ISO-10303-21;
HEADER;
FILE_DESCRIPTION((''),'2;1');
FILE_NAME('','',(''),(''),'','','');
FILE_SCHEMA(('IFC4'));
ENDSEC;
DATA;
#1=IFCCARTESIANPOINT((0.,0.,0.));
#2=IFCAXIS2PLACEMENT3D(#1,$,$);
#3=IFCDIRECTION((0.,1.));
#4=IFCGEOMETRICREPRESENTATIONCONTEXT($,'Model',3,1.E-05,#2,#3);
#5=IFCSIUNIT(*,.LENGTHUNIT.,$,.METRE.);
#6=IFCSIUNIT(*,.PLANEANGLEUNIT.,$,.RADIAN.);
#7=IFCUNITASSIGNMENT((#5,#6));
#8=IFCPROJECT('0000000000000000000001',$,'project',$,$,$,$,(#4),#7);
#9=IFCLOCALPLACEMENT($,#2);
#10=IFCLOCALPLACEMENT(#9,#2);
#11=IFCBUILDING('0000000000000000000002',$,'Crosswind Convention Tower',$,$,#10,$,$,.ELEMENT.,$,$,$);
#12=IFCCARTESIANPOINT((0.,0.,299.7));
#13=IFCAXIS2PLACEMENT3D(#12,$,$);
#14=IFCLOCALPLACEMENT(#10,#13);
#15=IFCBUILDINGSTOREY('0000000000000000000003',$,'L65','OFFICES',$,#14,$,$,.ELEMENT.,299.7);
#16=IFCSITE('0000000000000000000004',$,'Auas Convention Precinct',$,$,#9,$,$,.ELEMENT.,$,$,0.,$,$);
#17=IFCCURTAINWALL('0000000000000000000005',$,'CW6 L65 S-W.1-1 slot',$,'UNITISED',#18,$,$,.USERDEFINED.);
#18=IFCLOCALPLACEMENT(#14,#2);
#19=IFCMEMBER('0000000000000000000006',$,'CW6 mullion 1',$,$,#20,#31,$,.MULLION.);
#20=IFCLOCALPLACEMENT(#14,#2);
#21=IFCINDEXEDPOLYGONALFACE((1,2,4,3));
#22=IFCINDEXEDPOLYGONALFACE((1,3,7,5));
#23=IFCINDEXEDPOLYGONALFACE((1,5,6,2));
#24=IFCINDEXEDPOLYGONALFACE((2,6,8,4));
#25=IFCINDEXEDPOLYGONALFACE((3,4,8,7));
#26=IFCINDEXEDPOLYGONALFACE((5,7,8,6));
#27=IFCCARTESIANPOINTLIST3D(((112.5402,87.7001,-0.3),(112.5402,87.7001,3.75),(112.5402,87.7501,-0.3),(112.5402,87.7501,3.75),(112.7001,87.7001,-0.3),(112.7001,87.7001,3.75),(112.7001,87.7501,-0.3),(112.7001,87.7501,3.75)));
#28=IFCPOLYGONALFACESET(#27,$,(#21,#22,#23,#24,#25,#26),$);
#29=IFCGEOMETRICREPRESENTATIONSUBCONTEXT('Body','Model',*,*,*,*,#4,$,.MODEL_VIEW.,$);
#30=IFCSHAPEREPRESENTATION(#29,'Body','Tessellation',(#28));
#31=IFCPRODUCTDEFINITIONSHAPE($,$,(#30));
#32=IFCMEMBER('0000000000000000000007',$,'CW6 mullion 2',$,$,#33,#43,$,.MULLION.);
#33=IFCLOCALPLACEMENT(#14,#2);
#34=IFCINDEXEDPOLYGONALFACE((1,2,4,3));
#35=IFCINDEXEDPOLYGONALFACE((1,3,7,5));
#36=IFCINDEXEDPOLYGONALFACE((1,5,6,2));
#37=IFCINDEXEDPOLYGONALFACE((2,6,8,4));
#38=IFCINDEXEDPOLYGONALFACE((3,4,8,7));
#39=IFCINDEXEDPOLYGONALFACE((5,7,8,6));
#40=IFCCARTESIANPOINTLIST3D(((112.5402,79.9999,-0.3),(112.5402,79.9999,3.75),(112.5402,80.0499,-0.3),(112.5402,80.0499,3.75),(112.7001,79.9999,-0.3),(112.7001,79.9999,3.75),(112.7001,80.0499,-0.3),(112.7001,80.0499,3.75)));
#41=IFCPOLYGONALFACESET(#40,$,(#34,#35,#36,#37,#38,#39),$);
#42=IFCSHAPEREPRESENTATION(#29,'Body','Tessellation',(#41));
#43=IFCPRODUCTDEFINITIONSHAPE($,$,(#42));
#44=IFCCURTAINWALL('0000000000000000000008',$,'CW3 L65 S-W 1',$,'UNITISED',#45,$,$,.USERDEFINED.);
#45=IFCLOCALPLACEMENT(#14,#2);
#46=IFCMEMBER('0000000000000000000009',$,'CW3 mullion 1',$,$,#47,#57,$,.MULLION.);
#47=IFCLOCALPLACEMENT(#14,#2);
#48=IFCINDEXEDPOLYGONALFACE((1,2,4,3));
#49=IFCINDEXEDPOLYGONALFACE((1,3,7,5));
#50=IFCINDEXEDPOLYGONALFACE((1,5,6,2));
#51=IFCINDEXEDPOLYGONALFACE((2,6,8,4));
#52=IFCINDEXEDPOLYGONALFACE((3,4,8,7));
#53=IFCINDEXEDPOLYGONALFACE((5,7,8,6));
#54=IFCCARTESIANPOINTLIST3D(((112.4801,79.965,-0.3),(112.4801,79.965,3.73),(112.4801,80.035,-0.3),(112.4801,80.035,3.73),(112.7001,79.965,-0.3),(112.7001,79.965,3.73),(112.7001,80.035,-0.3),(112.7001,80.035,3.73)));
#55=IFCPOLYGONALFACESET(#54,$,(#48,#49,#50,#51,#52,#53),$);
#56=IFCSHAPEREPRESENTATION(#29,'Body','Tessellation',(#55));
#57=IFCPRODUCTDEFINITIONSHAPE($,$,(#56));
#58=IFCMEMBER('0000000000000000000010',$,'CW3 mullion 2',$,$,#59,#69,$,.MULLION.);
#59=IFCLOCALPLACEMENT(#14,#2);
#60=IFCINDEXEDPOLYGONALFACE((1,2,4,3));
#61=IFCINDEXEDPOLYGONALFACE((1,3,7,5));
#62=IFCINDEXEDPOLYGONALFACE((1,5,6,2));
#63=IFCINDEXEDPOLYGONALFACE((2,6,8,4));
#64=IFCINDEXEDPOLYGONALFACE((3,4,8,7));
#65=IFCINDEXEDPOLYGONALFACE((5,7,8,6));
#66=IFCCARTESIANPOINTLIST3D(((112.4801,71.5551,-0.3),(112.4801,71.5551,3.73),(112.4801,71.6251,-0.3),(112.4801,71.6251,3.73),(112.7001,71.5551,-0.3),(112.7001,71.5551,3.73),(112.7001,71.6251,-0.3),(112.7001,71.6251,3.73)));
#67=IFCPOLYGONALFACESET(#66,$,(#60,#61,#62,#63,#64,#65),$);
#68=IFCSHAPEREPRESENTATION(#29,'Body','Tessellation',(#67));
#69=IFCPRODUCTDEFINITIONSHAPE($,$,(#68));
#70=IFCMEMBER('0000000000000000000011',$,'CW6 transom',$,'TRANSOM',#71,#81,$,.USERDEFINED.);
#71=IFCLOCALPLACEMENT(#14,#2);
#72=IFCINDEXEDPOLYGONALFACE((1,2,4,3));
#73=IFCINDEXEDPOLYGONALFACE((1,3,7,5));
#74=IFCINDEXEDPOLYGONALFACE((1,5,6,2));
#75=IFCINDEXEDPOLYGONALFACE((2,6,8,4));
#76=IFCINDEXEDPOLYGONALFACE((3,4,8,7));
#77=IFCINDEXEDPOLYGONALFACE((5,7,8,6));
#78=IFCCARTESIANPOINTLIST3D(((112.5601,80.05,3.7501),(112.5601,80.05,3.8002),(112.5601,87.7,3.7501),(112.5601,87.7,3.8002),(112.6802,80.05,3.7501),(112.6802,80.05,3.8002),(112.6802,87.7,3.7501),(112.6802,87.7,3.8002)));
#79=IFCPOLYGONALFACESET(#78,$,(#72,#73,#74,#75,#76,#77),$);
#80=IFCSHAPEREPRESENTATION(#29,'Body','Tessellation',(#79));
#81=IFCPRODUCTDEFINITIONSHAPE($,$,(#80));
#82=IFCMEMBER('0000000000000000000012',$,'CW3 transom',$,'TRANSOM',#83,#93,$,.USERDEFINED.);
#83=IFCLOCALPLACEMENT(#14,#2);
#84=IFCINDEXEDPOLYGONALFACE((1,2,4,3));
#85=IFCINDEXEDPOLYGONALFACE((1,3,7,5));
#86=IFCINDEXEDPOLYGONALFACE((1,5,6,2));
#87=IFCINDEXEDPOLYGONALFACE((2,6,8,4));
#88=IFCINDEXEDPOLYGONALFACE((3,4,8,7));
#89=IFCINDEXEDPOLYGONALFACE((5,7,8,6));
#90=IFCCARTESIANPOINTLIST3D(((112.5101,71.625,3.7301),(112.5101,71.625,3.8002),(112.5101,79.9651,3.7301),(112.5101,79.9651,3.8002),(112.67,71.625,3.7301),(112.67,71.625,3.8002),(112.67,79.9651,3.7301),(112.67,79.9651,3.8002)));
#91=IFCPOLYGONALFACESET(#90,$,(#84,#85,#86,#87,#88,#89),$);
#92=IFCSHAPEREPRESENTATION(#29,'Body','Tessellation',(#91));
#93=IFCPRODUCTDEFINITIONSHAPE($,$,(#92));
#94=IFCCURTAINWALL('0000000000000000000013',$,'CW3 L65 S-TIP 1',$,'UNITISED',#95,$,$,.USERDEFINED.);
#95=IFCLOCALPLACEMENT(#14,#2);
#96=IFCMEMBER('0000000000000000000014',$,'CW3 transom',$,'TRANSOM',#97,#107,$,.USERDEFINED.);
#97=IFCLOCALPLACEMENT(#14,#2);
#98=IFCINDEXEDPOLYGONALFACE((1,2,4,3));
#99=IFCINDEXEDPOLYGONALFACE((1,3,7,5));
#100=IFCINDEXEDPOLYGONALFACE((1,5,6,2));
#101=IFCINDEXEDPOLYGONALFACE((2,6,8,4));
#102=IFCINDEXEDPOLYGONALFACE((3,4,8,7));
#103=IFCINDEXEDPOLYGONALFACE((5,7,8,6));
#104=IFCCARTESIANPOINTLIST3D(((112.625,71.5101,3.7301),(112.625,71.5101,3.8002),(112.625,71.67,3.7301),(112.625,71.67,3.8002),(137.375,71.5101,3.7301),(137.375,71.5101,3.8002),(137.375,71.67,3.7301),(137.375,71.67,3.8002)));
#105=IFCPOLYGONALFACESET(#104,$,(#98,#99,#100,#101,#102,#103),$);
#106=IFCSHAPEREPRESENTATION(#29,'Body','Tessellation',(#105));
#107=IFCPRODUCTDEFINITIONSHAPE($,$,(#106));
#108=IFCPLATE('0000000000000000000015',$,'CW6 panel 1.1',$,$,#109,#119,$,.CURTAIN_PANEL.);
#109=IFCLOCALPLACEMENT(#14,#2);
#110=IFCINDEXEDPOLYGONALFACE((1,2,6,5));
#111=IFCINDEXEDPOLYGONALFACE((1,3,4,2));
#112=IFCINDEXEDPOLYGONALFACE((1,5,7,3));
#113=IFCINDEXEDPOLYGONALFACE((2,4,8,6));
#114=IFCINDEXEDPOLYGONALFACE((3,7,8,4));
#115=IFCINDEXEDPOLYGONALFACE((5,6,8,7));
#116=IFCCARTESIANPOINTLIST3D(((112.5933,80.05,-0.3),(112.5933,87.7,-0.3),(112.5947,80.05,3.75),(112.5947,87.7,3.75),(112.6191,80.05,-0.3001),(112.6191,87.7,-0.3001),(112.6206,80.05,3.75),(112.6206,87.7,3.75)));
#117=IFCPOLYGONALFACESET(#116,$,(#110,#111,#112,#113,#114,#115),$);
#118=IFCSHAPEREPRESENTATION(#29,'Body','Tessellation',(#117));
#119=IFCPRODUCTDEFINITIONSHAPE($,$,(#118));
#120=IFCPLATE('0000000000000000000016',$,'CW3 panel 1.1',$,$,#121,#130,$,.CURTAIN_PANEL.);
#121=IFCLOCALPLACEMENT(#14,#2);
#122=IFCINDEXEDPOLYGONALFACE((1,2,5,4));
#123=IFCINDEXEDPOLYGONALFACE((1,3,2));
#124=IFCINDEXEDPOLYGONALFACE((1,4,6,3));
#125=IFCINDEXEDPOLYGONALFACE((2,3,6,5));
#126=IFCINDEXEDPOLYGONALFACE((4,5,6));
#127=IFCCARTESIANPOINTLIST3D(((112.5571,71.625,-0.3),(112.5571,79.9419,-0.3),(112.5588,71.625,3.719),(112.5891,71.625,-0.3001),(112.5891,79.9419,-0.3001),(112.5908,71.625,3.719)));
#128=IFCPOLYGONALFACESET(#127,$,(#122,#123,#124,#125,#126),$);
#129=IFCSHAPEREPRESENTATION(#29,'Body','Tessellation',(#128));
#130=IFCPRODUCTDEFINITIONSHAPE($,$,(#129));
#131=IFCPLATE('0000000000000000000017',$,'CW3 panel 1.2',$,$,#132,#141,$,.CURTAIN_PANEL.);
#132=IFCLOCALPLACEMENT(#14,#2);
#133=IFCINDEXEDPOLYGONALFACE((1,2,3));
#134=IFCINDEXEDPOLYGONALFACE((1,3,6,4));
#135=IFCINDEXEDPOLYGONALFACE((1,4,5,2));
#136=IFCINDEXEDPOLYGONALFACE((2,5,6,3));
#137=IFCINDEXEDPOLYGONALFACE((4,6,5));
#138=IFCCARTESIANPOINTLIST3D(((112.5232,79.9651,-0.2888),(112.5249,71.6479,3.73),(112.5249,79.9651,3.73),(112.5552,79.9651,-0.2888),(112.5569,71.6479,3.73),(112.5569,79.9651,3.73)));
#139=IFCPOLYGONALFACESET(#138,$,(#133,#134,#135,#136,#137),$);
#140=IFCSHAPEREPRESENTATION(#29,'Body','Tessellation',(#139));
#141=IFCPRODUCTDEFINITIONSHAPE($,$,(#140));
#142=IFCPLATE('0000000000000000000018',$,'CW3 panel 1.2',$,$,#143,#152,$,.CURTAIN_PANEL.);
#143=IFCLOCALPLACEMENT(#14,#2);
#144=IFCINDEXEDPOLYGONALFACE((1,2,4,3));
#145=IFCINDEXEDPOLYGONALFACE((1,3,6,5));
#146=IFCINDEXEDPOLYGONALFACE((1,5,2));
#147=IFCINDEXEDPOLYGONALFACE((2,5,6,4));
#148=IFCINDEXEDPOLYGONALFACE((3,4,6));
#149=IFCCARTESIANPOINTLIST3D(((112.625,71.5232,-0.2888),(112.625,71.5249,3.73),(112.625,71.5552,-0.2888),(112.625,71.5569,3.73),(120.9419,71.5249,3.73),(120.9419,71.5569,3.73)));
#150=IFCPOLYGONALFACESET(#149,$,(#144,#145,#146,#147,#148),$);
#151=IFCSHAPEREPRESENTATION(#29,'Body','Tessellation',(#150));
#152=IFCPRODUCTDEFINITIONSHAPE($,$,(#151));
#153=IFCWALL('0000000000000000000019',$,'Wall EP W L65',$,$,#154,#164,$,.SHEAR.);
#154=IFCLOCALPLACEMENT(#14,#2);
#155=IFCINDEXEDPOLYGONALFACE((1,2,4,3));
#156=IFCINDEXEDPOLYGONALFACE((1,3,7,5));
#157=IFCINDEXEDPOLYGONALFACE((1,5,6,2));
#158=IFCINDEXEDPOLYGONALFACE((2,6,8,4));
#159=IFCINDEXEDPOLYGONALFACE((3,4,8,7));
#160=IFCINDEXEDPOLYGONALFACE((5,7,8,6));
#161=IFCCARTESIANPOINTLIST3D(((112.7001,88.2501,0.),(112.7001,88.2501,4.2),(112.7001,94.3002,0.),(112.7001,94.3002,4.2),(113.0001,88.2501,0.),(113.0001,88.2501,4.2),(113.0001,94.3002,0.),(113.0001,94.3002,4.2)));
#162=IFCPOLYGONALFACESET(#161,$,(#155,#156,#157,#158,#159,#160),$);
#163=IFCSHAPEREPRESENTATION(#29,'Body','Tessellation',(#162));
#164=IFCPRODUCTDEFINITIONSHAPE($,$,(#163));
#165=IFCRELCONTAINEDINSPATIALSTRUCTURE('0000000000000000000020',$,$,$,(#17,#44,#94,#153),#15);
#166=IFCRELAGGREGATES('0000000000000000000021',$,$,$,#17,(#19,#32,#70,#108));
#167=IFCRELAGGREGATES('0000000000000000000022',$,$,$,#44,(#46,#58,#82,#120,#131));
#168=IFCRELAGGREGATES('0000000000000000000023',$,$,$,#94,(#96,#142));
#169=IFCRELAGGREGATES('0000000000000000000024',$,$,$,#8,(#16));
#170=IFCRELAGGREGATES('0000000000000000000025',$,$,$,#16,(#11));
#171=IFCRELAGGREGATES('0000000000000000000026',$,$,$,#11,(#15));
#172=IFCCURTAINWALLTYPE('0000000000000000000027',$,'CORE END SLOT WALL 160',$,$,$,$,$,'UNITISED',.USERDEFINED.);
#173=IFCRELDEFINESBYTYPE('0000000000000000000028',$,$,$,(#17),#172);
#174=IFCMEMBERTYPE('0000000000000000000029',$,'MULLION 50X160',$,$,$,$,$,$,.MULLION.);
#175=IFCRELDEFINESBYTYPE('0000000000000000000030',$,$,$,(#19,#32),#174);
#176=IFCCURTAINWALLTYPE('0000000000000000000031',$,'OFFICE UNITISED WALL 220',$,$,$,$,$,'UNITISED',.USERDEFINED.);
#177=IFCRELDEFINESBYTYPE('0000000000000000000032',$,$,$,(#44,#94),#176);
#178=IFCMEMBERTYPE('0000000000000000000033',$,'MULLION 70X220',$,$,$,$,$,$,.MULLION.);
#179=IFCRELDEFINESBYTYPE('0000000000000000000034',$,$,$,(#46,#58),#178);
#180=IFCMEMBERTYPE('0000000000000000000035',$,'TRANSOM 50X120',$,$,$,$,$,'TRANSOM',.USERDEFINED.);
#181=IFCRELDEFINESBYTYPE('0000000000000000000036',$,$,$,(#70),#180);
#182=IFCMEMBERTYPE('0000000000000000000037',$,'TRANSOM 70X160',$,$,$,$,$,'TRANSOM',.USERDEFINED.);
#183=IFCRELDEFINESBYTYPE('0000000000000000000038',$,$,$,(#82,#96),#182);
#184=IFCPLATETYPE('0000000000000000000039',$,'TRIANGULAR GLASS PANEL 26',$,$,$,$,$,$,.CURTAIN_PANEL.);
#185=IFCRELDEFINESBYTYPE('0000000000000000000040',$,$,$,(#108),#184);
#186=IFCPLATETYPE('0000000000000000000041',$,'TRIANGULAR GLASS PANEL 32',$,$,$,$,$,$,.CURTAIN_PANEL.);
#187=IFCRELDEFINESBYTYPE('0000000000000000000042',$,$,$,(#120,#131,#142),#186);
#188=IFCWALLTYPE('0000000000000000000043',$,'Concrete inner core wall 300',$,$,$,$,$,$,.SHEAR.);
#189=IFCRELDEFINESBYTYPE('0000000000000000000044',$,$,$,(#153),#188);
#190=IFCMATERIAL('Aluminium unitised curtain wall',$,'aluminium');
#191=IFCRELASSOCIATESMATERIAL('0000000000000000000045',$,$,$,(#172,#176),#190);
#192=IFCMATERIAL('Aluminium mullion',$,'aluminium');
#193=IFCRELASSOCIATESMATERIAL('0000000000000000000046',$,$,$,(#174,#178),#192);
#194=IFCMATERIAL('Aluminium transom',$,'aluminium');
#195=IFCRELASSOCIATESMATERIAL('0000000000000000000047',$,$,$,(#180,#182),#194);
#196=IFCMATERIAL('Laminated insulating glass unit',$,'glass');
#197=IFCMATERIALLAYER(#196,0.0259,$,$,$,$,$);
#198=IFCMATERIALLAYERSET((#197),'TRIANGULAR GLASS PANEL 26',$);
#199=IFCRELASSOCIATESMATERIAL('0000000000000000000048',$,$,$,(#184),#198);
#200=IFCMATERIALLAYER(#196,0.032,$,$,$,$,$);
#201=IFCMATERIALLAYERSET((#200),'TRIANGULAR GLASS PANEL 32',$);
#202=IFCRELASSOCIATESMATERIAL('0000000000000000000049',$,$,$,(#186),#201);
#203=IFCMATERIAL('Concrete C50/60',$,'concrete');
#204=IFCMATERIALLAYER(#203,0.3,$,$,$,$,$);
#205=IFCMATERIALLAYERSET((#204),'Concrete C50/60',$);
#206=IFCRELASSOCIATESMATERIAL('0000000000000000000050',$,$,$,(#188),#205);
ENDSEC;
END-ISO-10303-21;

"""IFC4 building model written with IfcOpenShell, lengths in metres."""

from ifc_helpers import new_model, si_unit, direction, frame, frame_2d, origin, origin_2d, place, context, subcontext, project, spatial, polyline, rectangle, outline, extrude, material, layer, layer_set, material_profile, profile_set, type_object, element, aggregate, save


model = new_model("IFC4")

# Units and contexts
model_context = context("Model", 3, precision=1e-05, world=origin(), true_north=direction((0.0, 1.0)))
body_context = subcontext(model_context, "Body", "Model", "MODEL_VIEW")
ifc_project = project(units=[si_unit("LENGTHUNIT", "METRE"), si_unit("PLANEANGLEUNIT", "RADIAN")], contexts=[model_context])

# Site, building, storey
site_placement = place(None, origin())
site = spatial("IfcSite", under=ifc_project, at=site_placement, Name="Auas Convention Precinct", CompositionType="ELEMENT", RefElevation=0.0)
building_placement = place(site_placement, origin())
building = spatial("IfcBuilding", under=site, at=building_placement, Name="Crosswind Convention Tower", CompositionType="ELEMENT")
storey_placement = place(building_placement, frame((0.0, 0.0, 299.7)))
storey = spatial("IfcBuildingStorey", under=building, at=storey_placement, Name="L65", Description="OFFICES", CompositionType="ELEMENT", Elevation=299.7)

# Curtain walls, members
ifc_material_1 = material(Name="Aluminium unitised curtain wall", Category="aluminium")
curtain_wall_type_1 = type_object("IfcCurtainWallType", Name="CORE END SLOT WALL 160", ElementType="UNITISED", PredefinedType="USERDEFINED", material=ifc_material_1)
curtain_wall_1_placement = place(storey_placement, origin())
curtain_wall_1 = element("IfcCurtainWall", 1, at=curtain_wall_1_placement, inside=storey, type_object=curtain_wall_type_1, Name="CW6 L65 S-W.1-1 slot", ObjectType="UNITISED", PredefinedType="USERDEFINED")
ifc_material_2 = material(Name="Aluminium mullion", Category="aluminium")
ifc_material_profile_1 = material_profile(ifc_material_2, rectangle(XDim=0.1599, YDim=0.05, at=origin_2d()), Name="AL 160X50")
ifc_profile_set_1 = profile_set([ifc_material_profile_1], Name="Aluminium mullion")
member_type_1 = type_object("IfcMemberType", Name="MULLION 50X160", PredefinedType="MULLION", material=ifc_profile_set_1)
member_1_placement = place(storey_placement, frame((112.6201, 87.7251, -0.3), z_axis=(0.0, 0.0, 1.0), x_axis=(-1.0, 0.0, 0.0)))
member_1 = element("IfcMember", 2, at=member_1_placement, type_object=member_type_1, Name="CW6 mullion 1", PredefinedType="MULLION", context=body_context, shape_type="SweptSolid", body=[
    extrude(rectangle(XDim=0.1599, YDim=0.05, at=origin_2d()), origin(), (0.0, 0.0, 1.0), 4.05),
])
member_2_placement = place(storey_placement, frame((112.6201, 80.0249, -0.3), z_axis=(0.0, 0.0, 1.0), x_axis=(-1.0, 0.0, 0.0)))
member_2 = element("IfcMember", 3, at=member_2_placement, type_object=member_type_1, Name="CW6 mullion 2", PredefinedType="MULLION", context=body_context, shape_type="SweptSolid", body=[
    extrude(rectangle(XDim=0.1599, YDim=0.05, at=origin_2d()), origin(), (0.0, 0.0, 1.0), 4.05),
])
curtain_wall_type_2 = type_object("IfcCurtainWallType", Name="OFFICE UNITISED WALL 220", ElementType="UNITISED", PredefinedType="USERDEFINED", material=ifc_material_1)
curtain_wall_2_placement = place(storey_placement, origin())
curtain_wall_2 = element("IfcCurtainWall", 4, at=curtain_wall_2_placement, inside=storey, type_object=curtain_wall_type_2, Name="CW3 L65 S-W 1", ObjectType="UNITISED", PredefinedType="USERDEFINED")
ifc_material_profile_2 = material_profile(ifc_material_2, rectangle(XDim=0.22, YDim=0.0701, at=origin_2d()), Name="AL 220X70")
ifc_profile_set_2 = profile_set([ifc_material_profile_2], Name="Aluminium mullion")
member_type_2 = type_object("IfcMemberType", Name="MULLION 70X220", PredefinedType="MULLION", material=ifc_profile_set_2)
member_3_placement = place(storey_placement, frame((112.5901, 80.0, -0.3), z_axis=(0.0, 0.0, 1.0), x_axis=(-1.0, 0.0, 0.0)))
member_3 = element("IfcMember", 5, at=member_3_placement, type_object=member_type_2, Name="CW3 mullion 1", PredefinedType="MULLION", context=body_context, shape_type="SweptSolid", body=[
    extrude(rectangle(XDim=0.22, YDim=0.0701, at=origin_2d()), origin(), (0.0, 0.0, 1.0), 4.03),
])
member_4_placement = place(storey_placement, frame((112.5901, 71.5901, -0.3), z_axis=(0.0, 0.0, 1.0), x_axis=(-1.0, 0.0, 0.0)))
member_4 = element("IfcMember", 6, at=member_4_placement, type_object=member_type_2, Name="CW3 mullion 2", PredefinedType="MULLION", context=body_context, shape_type="SweptSolid", body=[
    extrude(rectangle(XDim=0.22, YDim=0.0701, at=origin_2d()), origin(), (0.0, 0.0, 1.0), 4.03),
])

# Members
ifc_material_3 = material(Name="Aluminium transom", Category="aluminium")
ifc_material_profile_3 = material_profile(ifc_material_3, rectangle(XDim=0.1201, YDim=0.05, at=origin_2d()), Name="AL 120X50")
ifc_profile_set_3 = profile_set([ifc_material_profile_3], Name="Aluminium transom")
member_type_3 = type_object("IfcMemberType", Name="TRANSOM 50X120", ElementType="TRANSOM", PredefinedType="USERDEFINED", material=ifc_profile_set_3)
member_5_placement = place(storey_placement, frame((112.6201, 87.7, 3.7751), z_axis=(0.0, -1.0, 0.0), x_axis=(1.0, 0.0, 0.0)))
member_5 = element("IfcMember", 7, at=member_5_placement, type_object=member_type_3, Name="CW6 transom", ObjectType="TRANSOM", PredefinedType="USERDEFINED", context=body_context, shape_type="SweptSolid", body=[
    extrude(rectangle(XDim=0.1201, YDim=0.05, at=origin_2d()), origin(), (0.0, 0.0, 1.0), 7.6499),
])
ifc_material_profile_4 = material_profile(ifc_material_3, rectangle(XDim=0.1599, YDim=0.0701, at=origin_2d()), Name="AL 160X70")
ifc_profile_set_4 = profile_set([ifc_material_profile_4], Name="Aluminium transom")
member_type_4 = type_object("IfcMemberType", Name="TRANSOM 70X160", ElementType="TRANSOM", PredefinedType="USERDEFINED", material=ifc_profile_set_4)
member_6_placement = place(storey_placement, frame((112.5901, 79.9651, 3.7651), z_axis=(0.0, -1.0, 0.0), x_axis=(1.0, 0.0, 0.0)))
member_6 = element("IfcMember", 8, at=member_6_placement, type_object=member_type_4, Name="CW3 transom", ObjectType="TRANSOM", PredefinedType="USERDEFINED", context=body_context, shape_type="SweptSolid", body=[
    extrude(rectangle(XDim=0.1599, YDim=0.0701, at=origin_2d()), origin(), (0.0, 0.0, 1.0), 8.3401),
])

# Curtain wall, member
curtain_wall_3_placement = place(storey_placement, origin())
curtain_wall_3 = element("IfcCurtainWall", 9, at=curtain_wall_3_placement, inside=storey, type_object=curtain_wall_type_2, Name="CW3 L65 S-TIP 1", ObjectType="UNITISED", PredefinedType="USERDEFINED")
member_7_placement = place(storey_placement, frame((112.625, 71.5901, 3.7651), z_axis=(1.0, 0.0, 0.0), x_axis=(0.0, 1.0, 0.0)))
member_7 = element("IfcMember", 10, at=member_7_placement, type_object=member_type_4, Name="CW3 transom", ObjectType="TRANSOM", PredefinedType="USERDEFINED", context=body_context, shape_type="SweptSolid", body=[
    extrude(rectangle(XDim=0.1599, YDim=0.0701, at=origin_2d()), origin(), (0.0, 0.0, 1.0), 24.75),
])

# Plates
ifc_material_4 = material(Name="Laminated insulating glass unit", Category="glass")
ifc_layer_1 = layer(ifc_material_4, 0.0259)
ifc_layer_set_1 = layer_set([ifc_layer_1], Name="TRIANGULAR GLASS PANEL 26")
plate_type_1 = type_object("IfcPlateType", Name="TRIANGULAR GLASS PANEL 26", PredefinedType="CURTAIN_PANEL", material=ifc_layer_set_1)
plate_1_placement = place(storey_placement, frame((112.5933, 87.7, -0.3), z_axis=(-1.0, 0.0, 0.000362), x_axis=(0.0, -1.0, 0.0)))
plate_1 = element("IfcPlate", 11, at=plate_1_placement, type_object=plate_type_1, Name="CW6 panel 1.1", PredefinedType="CURTAIN_PANEL", context=body_context, shape_type="SweptSolid", body=[
    extrude(outline(polyline([(0.0, 0.0), (7.6499, 0.0), (7.6499, 4.05), (0.0, 4.05), (0.0, 0.0)])), origin(), (0.0, 0.0, -1.0), 0.0259),
])
aggregate(curtain_wall_1, [member_1, member_2, member_5, plate_1])
ifc_layer_2 = layer(ifc_material_4, 0.032)
ifc_layer_set_2 = layer_set([ifc_layer_2], Name="TRIANGULAR GLASS PANEL 32")
plate_type_2 = type_object("IfcPlateType", Name="TRIANGULAR GLASS PANEL 32", PredefinedType="CURTAIN_PANEL", material=ifc_layer_set_2)
plate_2_placement = place(storey_placement, frame((112.5571, 71.625, -0.3), z_axis=(-1.0, 0.0, 0.000425), x_axis=(0.000425, 0.0, 1.0)))
plate_2 = element("IfcPlate", 12, at=plate_2_placement, type_object=plate_type_2, Name="CW3 panel 1.1", PredefinedType="CURTAIN_PANEL", context=body_context, shape_type="SweptSolid", body=[
    extrude(outline(polyline([(0.0, 0.0), (4.019, 0.0), (0.0, 8.3169), (0.0, 0.0)])), origin(), (0.0, 0.0, -1.0), 0.032),
])
plate_3_placement = place(storey_placement, frame((112.5249, 79.9651, 3.73), z_axis=(-1.0, 0.0, 0.000425), x_axis=(-0.000425, 0.0, -1.0)))
plate_3 = element("IfcPlate", 13, at=plate_3_placement, type_object=plate_type_2, Name="CW3 panel 1.2", PredefinedType="CURTAIN_PANEL", context=body_context, shape_type="SweptSolid", body=[
    extrude(outline(polyline([(0.0, 0.0), (4.0188, 0.0), (0.0, 8.3171), (0.0, 0.0)])), origin(), (0.0, 0.0, -1.0), 0.032),
])
plate_4_placement = place(storey_placement, frame((112.625, 71.5249, 3.73), z_axis=(0.0, -1.0, 0.000425), x_axis=(0.0, -0.000425, -1.0)))
plate_4 = element("IfcPlate", 14, at=plate_4_placement, type_object=plate_type_2, Name="CW3 panel 1.2", PredefinedType="CURTAIN_PANEL", context=body_context, shape_type="SweptSolid", body=[
    extrude(outline(polyline([(0.0, 0.0), (4.0188, 0.0), (0.0, 8.3169), (0.0, 0.0)])), origin(), (0.0, 0.0, -1.0), 0.032),
])

# Wall
ifc_material_5 = material(Name="Concrete C50/60", Category="concrete")
ifc_layer_3 = layer(ifc_material_5, 0.3)
ifc_layer_set_3 = layer_set([ifc_layer_3], Name="Concrete C50/60")
wall_type_1 = type_object("IfcWallType", Name="Concrete inner core wall 300", PredefinedType="SHEAR", material=ifc_layer_set_3)
wall_1_placement = place(storey_placement, frame((112.8501, 94.3, 0.0), z_axis=(0.0, 0.0, 1.0), x_axis=(0.0, -1.0, 0.0)))
element("IfcWall", 15, at=wall_1_placement, inside=storey, type_object=wall_type_1, Name="Wall EP W L65", PredefinedType="SHEAR", context=body_context, shape_type="SweptSolid", body=[
    extrude(rectangle(XDim=6.05, YDim=0.3, at=frame_2d((3.0249, 0.0))), origin(), (0.0, 0.0, 1.0), 4.2),
])

aggregate(curtain_wall_2, [member_3, member_4, member_6, plate_2, plate_3])
aggregate(curtain_wall_3, [member_7, plate_4])

save(model, "model.ifc")
